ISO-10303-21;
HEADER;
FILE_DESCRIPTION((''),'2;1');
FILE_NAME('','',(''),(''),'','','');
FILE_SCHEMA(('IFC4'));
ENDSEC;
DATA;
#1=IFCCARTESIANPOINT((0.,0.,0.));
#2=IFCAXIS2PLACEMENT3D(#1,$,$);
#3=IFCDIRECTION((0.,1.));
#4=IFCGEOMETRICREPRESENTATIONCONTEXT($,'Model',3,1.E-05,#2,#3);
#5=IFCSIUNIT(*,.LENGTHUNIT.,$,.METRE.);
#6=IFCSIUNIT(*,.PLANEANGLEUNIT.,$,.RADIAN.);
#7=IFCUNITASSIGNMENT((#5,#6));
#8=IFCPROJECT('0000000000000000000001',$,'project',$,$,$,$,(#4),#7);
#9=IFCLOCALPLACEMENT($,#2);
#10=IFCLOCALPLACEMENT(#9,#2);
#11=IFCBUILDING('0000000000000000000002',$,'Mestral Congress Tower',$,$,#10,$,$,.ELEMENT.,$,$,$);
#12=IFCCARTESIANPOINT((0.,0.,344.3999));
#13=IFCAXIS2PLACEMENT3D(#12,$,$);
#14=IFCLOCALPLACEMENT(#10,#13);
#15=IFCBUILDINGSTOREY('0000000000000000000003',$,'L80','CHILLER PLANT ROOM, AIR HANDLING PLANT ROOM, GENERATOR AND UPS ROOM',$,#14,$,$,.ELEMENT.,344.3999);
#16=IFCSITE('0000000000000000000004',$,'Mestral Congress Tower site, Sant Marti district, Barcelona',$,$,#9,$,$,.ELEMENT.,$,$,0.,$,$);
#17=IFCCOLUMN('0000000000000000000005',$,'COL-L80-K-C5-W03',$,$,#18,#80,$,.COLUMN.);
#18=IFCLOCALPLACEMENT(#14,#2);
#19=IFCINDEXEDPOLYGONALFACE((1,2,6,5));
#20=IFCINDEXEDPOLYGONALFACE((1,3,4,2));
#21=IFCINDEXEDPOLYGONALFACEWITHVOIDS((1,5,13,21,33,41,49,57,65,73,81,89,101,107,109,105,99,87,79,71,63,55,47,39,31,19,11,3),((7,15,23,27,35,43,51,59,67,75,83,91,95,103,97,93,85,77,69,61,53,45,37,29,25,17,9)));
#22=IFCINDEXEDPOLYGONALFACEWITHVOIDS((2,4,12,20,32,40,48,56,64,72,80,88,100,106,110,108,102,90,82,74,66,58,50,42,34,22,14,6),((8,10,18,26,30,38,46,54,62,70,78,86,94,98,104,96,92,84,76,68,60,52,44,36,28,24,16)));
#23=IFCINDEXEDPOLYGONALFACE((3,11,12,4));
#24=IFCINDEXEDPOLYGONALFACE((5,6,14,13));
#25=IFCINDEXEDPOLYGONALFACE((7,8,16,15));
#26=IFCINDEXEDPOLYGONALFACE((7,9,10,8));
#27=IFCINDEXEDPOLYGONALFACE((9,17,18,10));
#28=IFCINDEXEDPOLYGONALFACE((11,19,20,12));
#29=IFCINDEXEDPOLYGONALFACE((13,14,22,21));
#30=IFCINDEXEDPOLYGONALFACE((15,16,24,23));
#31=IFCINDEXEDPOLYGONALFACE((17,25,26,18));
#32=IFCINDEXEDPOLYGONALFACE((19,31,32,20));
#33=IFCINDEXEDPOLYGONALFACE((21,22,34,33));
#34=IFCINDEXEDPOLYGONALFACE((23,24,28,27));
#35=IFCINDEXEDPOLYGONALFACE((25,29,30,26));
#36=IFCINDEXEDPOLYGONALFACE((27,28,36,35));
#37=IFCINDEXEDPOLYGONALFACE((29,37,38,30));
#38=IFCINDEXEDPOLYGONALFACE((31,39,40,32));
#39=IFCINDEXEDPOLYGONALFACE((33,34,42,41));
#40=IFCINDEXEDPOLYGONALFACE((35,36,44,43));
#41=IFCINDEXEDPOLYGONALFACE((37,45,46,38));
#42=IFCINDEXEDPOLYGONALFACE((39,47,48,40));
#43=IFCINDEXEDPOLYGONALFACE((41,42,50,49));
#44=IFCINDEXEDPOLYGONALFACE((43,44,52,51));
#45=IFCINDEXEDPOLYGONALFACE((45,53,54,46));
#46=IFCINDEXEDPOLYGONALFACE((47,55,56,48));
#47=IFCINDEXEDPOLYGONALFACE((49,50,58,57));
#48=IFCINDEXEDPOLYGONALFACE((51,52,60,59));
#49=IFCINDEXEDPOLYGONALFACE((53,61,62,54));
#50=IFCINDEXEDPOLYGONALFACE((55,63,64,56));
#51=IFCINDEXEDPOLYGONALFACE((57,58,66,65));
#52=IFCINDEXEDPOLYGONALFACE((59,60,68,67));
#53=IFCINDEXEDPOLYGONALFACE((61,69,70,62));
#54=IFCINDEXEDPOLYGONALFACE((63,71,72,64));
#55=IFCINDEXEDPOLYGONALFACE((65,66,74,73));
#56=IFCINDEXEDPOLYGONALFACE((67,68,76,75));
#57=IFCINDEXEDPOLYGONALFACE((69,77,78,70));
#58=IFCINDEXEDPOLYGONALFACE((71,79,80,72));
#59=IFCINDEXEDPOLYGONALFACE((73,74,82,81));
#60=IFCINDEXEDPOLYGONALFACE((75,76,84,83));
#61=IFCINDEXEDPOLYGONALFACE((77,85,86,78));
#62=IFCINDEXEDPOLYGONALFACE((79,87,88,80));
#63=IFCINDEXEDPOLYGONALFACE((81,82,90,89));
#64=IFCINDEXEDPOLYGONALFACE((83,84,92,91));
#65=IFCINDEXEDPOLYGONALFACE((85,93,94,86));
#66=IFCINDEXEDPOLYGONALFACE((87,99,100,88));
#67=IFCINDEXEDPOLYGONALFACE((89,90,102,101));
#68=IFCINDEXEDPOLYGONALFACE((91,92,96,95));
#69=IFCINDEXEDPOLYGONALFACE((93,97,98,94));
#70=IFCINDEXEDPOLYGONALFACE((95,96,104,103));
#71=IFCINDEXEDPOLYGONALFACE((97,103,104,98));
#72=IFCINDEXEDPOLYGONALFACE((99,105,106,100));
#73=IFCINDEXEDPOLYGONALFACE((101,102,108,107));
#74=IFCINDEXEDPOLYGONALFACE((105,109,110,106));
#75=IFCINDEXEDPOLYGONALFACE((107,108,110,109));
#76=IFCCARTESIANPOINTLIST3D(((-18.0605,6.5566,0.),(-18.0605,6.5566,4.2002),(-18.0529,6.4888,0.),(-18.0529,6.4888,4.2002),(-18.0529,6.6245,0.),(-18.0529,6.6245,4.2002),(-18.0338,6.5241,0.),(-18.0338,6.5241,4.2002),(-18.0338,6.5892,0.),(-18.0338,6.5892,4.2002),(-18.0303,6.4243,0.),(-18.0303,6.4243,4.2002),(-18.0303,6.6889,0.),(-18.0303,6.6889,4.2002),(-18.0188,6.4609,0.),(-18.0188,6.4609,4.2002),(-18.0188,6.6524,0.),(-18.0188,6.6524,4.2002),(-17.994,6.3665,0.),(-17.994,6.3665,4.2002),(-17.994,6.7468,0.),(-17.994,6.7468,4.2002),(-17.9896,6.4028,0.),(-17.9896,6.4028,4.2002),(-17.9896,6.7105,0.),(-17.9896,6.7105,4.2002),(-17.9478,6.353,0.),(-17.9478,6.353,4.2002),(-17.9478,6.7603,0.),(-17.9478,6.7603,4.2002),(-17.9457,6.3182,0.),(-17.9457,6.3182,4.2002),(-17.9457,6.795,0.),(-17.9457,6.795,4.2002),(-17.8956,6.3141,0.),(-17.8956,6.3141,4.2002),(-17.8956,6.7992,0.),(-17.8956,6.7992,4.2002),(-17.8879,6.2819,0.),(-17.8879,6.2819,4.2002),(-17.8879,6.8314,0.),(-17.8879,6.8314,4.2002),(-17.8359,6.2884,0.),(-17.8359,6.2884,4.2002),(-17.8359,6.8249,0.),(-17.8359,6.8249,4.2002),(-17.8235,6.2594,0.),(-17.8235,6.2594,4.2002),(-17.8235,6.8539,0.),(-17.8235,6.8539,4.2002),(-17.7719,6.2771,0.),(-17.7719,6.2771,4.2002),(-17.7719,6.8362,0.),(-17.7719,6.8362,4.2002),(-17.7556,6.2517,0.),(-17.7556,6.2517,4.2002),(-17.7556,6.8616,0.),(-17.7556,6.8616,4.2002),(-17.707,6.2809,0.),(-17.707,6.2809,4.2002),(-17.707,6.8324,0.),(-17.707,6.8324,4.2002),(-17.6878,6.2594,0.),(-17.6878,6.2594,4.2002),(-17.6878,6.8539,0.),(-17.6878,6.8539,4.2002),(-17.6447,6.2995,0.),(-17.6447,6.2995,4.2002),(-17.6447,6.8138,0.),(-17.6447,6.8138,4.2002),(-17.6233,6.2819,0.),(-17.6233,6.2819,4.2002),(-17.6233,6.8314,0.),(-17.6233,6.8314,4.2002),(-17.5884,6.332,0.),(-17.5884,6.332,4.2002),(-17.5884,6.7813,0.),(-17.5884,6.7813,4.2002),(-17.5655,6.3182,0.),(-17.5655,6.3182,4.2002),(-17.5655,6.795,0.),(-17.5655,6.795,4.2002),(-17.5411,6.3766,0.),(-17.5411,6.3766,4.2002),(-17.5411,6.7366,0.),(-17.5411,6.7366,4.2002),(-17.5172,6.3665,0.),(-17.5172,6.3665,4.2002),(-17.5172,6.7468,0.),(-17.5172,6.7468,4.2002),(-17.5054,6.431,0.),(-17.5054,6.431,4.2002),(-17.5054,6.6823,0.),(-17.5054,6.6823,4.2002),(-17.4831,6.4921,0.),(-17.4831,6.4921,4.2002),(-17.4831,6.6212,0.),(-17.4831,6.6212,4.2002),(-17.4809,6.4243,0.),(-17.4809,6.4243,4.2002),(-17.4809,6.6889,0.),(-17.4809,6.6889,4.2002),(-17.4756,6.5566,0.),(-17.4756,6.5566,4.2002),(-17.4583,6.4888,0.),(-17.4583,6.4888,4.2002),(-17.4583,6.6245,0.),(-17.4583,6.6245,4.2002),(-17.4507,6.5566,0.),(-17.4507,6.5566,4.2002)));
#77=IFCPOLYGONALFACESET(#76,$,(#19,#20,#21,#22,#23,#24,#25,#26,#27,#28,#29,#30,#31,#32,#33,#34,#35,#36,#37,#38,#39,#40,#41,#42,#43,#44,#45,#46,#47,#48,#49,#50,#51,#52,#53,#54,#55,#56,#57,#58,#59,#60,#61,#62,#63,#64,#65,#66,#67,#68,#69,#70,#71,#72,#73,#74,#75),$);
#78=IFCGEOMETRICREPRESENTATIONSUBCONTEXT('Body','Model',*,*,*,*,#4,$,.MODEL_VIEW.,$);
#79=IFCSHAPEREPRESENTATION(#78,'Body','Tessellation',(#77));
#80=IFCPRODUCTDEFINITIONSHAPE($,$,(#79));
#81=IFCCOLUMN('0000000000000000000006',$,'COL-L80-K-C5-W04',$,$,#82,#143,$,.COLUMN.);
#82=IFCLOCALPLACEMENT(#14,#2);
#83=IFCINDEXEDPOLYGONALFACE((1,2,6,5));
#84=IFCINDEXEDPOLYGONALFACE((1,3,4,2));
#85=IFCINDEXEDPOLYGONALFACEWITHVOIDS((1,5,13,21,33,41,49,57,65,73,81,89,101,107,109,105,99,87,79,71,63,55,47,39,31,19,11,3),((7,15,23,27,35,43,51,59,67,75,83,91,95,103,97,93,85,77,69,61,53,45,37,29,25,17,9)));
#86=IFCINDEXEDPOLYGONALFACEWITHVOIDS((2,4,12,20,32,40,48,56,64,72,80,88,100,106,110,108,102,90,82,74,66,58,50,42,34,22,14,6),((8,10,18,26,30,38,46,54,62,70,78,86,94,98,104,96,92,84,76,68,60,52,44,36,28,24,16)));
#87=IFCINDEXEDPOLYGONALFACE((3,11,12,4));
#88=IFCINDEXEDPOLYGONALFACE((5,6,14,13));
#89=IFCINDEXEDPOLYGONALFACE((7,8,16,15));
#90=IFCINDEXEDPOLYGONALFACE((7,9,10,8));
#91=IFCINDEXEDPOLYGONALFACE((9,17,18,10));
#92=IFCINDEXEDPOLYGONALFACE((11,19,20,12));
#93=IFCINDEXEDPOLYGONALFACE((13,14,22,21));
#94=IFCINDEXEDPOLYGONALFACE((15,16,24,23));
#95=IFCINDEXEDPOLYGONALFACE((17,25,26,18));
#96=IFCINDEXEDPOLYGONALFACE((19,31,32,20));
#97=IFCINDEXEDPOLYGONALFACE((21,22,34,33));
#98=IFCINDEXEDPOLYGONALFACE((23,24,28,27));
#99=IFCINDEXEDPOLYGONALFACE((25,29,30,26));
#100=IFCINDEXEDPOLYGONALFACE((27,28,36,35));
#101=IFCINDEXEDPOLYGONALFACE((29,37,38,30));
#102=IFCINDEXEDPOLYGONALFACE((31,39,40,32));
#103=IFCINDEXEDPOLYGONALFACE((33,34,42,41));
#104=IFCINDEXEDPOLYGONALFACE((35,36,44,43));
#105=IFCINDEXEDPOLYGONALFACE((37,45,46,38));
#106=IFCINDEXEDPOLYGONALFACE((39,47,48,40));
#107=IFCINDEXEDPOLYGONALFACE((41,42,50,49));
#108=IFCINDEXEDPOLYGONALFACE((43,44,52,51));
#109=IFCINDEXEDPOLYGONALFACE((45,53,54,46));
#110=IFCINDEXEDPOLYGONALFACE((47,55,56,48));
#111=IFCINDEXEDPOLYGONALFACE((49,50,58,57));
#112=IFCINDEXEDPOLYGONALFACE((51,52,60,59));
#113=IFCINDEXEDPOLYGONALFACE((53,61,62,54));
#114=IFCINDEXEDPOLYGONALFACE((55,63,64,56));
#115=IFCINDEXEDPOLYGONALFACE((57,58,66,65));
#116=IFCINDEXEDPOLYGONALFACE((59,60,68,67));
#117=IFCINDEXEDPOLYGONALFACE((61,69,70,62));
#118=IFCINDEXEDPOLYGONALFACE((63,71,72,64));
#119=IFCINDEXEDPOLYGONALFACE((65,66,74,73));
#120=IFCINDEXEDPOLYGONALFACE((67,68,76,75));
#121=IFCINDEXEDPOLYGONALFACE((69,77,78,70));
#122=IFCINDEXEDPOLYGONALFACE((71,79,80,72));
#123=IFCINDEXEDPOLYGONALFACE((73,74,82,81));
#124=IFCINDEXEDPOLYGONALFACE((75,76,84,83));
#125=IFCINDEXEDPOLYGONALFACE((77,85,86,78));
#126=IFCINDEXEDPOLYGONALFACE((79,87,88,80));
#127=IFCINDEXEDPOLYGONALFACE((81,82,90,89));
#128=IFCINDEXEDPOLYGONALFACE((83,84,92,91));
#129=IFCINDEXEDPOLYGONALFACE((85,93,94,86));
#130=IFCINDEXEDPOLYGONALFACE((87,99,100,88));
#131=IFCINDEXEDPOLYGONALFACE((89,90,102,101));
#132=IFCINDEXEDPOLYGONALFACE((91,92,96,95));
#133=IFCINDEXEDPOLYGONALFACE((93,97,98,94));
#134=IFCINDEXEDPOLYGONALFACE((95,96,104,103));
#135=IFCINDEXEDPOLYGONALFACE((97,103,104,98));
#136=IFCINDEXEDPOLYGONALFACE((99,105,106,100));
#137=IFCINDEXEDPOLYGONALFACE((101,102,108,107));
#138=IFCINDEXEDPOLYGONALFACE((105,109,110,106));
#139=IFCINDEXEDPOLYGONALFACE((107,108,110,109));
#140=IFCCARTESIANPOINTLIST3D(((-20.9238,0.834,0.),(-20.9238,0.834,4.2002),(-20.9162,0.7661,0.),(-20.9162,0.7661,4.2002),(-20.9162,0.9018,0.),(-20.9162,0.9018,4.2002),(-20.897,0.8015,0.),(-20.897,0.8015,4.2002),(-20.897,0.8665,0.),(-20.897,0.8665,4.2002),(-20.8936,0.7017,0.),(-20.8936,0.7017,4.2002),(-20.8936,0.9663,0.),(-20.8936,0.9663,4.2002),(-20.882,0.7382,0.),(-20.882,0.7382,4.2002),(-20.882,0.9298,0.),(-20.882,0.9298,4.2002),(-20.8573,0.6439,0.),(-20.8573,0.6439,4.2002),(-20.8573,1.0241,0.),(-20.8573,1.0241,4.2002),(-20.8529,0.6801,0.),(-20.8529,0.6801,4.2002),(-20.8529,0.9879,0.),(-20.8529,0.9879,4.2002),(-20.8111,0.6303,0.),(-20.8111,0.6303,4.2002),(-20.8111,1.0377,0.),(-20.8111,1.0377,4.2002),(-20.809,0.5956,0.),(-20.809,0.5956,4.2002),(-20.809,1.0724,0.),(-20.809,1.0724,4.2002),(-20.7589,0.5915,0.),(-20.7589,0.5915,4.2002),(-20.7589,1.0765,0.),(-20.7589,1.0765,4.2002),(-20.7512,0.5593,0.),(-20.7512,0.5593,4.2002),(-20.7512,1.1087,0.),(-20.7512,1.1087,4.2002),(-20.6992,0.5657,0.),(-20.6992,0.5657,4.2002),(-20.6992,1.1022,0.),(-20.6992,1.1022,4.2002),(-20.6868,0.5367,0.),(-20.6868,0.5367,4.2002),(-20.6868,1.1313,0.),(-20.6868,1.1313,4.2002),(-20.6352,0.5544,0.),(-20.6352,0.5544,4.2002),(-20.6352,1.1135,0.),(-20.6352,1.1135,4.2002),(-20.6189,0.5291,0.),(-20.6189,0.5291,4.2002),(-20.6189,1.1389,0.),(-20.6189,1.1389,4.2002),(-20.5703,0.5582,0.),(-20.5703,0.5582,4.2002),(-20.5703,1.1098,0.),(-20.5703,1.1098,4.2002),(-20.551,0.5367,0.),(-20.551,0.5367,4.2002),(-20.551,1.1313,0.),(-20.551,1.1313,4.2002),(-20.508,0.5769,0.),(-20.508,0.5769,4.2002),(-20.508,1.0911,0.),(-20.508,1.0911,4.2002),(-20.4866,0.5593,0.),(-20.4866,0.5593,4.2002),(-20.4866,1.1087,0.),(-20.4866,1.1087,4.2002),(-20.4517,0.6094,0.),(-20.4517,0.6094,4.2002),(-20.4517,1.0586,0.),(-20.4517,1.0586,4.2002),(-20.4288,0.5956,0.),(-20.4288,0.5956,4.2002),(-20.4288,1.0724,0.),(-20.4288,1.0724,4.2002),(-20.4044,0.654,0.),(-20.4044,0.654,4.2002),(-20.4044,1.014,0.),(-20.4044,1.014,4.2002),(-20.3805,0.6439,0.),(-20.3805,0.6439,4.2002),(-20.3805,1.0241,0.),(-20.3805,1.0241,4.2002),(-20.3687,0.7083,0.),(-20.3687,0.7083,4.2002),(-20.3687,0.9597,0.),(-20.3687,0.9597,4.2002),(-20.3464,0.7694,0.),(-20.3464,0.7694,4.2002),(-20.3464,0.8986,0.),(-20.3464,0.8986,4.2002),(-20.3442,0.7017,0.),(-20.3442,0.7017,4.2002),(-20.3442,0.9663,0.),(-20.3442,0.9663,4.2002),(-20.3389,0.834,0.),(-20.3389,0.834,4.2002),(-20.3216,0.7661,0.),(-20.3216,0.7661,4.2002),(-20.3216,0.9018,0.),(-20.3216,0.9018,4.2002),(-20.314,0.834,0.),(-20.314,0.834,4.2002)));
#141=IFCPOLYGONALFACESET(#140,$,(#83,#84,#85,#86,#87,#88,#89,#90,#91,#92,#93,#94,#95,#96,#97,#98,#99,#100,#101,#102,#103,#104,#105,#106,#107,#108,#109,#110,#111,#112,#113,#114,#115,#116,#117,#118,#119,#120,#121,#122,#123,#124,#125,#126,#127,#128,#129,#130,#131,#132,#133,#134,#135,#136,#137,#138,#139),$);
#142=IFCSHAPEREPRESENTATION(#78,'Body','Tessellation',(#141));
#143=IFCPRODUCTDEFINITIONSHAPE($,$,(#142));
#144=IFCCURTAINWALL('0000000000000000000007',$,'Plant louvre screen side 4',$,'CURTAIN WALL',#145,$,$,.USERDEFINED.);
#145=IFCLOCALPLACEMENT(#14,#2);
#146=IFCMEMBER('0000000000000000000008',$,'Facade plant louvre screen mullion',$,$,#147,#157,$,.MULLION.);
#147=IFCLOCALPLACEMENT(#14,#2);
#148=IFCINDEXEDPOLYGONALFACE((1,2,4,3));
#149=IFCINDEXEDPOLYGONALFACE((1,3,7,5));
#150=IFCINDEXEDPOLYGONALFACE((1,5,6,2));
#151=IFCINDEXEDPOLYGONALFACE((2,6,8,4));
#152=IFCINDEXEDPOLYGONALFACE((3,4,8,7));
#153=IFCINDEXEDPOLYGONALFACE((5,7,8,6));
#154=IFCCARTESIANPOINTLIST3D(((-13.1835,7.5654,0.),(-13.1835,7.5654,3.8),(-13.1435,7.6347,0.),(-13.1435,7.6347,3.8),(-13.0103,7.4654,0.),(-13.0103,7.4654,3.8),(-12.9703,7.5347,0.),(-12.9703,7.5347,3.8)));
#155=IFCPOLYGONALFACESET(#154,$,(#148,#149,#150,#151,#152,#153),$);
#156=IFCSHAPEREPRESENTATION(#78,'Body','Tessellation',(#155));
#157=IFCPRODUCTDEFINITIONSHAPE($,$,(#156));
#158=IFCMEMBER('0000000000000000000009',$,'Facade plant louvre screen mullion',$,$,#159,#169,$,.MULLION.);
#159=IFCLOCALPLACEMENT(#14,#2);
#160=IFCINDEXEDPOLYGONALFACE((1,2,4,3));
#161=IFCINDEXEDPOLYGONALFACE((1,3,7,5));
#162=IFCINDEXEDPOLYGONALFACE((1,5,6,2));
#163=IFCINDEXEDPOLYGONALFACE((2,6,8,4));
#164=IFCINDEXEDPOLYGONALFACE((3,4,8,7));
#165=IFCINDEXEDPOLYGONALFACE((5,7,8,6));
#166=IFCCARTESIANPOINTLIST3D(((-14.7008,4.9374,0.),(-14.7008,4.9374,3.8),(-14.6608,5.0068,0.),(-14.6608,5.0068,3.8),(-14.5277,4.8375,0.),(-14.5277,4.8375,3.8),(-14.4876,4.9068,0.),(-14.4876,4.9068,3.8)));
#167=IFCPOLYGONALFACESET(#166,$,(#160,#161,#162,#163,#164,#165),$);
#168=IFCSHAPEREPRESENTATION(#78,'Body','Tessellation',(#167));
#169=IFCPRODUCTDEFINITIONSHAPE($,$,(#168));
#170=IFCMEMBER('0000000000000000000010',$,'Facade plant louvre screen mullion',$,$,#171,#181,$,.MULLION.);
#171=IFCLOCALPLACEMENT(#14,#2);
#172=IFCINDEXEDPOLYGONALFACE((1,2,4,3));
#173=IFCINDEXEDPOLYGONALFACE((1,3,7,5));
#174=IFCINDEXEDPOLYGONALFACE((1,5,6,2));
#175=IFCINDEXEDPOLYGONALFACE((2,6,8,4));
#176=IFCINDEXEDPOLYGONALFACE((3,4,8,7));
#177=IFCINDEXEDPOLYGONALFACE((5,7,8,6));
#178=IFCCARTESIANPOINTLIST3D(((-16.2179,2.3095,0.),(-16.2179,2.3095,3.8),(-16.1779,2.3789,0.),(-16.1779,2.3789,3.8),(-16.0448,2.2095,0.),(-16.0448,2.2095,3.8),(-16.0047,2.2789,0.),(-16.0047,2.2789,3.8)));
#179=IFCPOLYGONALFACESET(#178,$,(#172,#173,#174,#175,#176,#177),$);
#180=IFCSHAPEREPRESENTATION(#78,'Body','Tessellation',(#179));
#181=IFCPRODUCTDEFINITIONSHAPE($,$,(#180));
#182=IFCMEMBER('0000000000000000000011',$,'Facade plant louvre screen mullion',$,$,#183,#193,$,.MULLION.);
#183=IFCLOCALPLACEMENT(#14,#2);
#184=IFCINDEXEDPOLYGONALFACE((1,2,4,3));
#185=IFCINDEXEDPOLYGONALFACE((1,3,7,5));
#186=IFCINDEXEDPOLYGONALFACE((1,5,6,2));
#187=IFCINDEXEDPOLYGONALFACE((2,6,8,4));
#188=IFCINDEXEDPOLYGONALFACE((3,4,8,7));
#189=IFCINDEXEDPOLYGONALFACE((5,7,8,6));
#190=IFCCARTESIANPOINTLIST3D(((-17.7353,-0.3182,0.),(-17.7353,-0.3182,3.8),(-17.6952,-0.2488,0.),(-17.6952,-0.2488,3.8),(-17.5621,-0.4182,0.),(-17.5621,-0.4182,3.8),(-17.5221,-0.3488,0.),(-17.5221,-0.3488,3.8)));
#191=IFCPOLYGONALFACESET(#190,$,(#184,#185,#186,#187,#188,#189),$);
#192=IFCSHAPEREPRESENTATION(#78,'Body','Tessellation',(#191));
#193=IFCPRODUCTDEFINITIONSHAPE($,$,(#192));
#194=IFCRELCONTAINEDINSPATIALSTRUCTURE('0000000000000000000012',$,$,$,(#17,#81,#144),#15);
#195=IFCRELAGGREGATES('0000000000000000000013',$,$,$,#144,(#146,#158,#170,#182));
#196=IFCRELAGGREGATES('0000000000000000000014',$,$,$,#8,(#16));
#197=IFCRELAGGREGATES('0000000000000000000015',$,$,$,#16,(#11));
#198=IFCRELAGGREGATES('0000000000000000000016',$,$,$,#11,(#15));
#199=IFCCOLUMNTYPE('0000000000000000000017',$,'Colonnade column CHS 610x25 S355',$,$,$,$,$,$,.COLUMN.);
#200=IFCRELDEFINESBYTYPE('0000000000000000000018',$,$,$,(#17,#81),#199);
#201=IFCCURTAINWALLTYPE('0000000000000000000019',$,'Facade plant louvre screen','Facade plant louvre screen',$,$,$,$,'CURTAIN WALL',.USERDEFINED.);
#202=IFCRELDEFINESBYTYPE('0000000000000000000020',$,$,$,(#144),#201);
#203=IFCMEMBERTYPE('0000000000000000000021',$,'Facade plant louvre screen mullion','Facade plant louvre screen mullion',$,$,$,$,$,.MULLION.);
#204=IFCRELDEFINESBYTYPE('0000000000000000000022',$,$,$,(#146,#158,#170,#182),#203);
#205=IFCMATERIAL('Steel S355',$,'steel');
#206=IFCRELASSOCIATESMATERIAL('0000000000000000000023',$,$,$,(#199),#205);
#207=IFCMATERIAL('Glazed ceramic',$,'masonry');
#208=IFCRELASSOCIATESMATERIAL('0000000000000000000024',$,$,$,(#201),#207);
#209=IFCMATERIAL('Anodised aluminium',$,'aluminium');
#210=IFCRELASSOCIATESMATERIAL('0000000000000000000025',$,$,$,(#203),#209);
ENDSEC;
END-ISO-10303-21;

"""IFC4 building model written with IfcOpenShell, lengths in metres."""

from ifc_helpers import new_model, si_unit, direction, frame, origin, origin_2d, place, context, subcontext, project, spatial, rectangle, hollow_circle, extrude, material, material_profile, profile_set, type_object, element, aggregate, save


model = new_model("IFC4")

# Units and contexts
model_context = context("Model", 3, precision=1e-05, world=origin(), true_north=direction((0.0, 1.0)))
body_context = subcontext(model_context, "Body", "Model", "MODEL_VIEW")
ifc_project = project(units=[si_unit("LENGTHUNIT", "METRE"), si_unit("PLANEANGLEUNIT", "RADIAN")], contexts=[model_context])

# Site, building, storey
site_placement = place(None, origin())
site = spatial("IfcSite", under=ifc_project, at=site_placement, Name="Mestral Congress Tower site, Sant Marti district, Barcelona", CompositionType="ELEMENT", RefElevation=0.0)
building_placement = place(site_placement, origin())
building = spatial("IfcBuilding", under=site, at=building_placement, Name="Mestral Congress Tower", CompositionType="ELEMENT")
storey_placement = place(building_placement, frame((0.0, 0.0, 344.3999)))
storey = spatial("IfcBuildingStorey", under=building, at=storey_placement, Name="L80", Description="CHILLER PLANT ROOM, AIR HANDLING PLANT ROOM, GENERATOR AND UPS ROOM", CompositionType="ELEMENT", Elevation=344.3999)

# Columns
ifc_material_1 = material(Name="Steel S355", Category="steel")
ifc_material_profile_1 = material_profile(ifc_material_1, hollow_circle(Radius=0.3049, WallThickness=0.0249, at=origin_2d()), Name="CHS 610x25")
ifc_profile_set_1 = profile_set([ifc_material_profile_1], Name="Steel S355")
column_type = type_object("IfcColumnType", Name="Colonnade column CHS 610x25 S355", PredefinedType="COLUMN", material=ifc_profile_set_1)
for number, where, z_axis, x_axis, name in (
    (1, (-17.7556, 6.5566, 0.0), (0.0, 0.0, 1.0), (1.0, 0.0, 0.0), "COL-L80-K-C5-W03"),
    (2, (-20.6189, 0.834, 0.0), (0.0, 0.0, 1.0), (1.0, 0.0, 0.0), "COL-L80-K-C5-W04"),
):
    element("IfcColumn", number, at=place(storey_placement, frame(where, z_axis=z_axis, x_axis=x_axis)), inside=storey, type_object=column_type, Name=name, PredefinedType="COLUMN", context=body_context, shape_type="SweptSolid", body=[
        extrude(hollow_circle(Radius=0.3049, WallThickness=0.0249, at=origin_2d()), origin(), (0.0, 0.0, 1.0), 4.2002),
    ])

# Curtain wall, members
ifc_material_2 = material(Name="Glazed ceramic", Category="masonry")
curtain_wall_type = type_object("IfcCurtainWallType", Name="Facade plant louvre screen", Description="Facade plant louvre screen", ElementType="CURTAIN WALL", PredefinedType="USERDEFINED", material=ifc_material_2)
curtain_wall_placement = place(storey_placement, origin())
curtain_wall = element("IfcCurtainWall", 3, at=curtain_wall_placement, inside=storey, type_object=curtain_wall_type, Name="Plant louvre screen side 4", ObjectType="CURTAIN WALL", PredefinedType="USERDEFINED")
ifc_material_3 = material(Name="Anodised aluminium", Category="aluminium")
ifc_material_profile_2 = material_profile(ifc_material_3, rectangle(XDim=0.2, YDim=0.0801, at=origin_2d()), Name="CW6 mullion 200 x 80")
ifc_profile_set_2 = profile_set([ifc_material_profile_2], Name="Anodised aluminium")
member_type_1 = type_object("IfcMemberType", Name="Facade plant louvre screen mullion", Description="Facade plant louvre screen mullion", PredefinedType="MULLION", material=ifc_profile_set_2)
member_1_placement = place(storey_placement, frame((-13.0769, 7.55, 0.0), z_axis=(0.0, 0.0, 1.0), x_axis=(-0.866025, 0.500002, 0.0)))
member_1 = element("IfcMember", 4, at=member_1_placement, type_object=member_type_1, Name="Facade plant louvre screen mullion", PredefinedType="MULLION", context=body_context, shape_type="SweptSolid", body=[
    extrude(rectangle(XDim=0.2, YDim=0.0801, at=origin_2d()), origin(), (0.0, 0.0, 1.0), 3.8),
])
member_2_placement = place(storey_placement, frame((-14.5942, 4.9221, 0.0), z_axis=(0.0, 0.0, 1.0), x_axis=(-0.866025, 0.500002, 0.0)))
member_2 = element("IfcMember", 5, at=member_2_placement, type_object=member_type_1, Name="Facade plant louvre screen mullion", PredefinedType="MULLION", context=body_context, shape_type="SweptSolid", body=[
    extrude(rectangle(XDim=0.2, YDim=0.0801, at=origin_2d()), origin(), (0.0, 0.0, 1.0), 3.8),
])
member_3_placement = place(storey_placement, frame((-16.1113, 2.2942, 0.0), z_axis=(0.0, 0.0, 1.0), x_axis=(-0.866025, 0.500002, 0.0)))
member_3 = element("IfcMember", 6, at=member_3_placement, type_object=member_type_1, Name="Facade plant louvre screen mullion", PredefinedType="MULLION", context=body_context, shape_type="SweptSolid", body=[
    extrude(rectangle(XDim=0.2, YDim=0.0801, at=origin_2d()), origin(), (0.0, 0.0, 1.0), 3.8),
])
member_4_placement = place(storey_placement, frame((-17.6287, -0.3335, 0.0), z_axis=(0.0, 0.0, 1.0), x_axis=(-0.866025, 0.500002, 0.0)))
member_4 = element("IfcMember", 7, at=member_4_placement, type_object=member_type_1, Name="Facade plant louvre screen mullion", PredefinedType="MULLION", context=body_context, shape_type="SweptSolid", body=[
    extrude(rectangle(XDim=0.2, YDim=0.0801, at=origin_2d()), origin(), (0.0, 0.0, 1.0), 3.8),
])

aggregate(curtain_wall, [member_1, member_2, member_3, member_4])

save(model, "model.ifc")
